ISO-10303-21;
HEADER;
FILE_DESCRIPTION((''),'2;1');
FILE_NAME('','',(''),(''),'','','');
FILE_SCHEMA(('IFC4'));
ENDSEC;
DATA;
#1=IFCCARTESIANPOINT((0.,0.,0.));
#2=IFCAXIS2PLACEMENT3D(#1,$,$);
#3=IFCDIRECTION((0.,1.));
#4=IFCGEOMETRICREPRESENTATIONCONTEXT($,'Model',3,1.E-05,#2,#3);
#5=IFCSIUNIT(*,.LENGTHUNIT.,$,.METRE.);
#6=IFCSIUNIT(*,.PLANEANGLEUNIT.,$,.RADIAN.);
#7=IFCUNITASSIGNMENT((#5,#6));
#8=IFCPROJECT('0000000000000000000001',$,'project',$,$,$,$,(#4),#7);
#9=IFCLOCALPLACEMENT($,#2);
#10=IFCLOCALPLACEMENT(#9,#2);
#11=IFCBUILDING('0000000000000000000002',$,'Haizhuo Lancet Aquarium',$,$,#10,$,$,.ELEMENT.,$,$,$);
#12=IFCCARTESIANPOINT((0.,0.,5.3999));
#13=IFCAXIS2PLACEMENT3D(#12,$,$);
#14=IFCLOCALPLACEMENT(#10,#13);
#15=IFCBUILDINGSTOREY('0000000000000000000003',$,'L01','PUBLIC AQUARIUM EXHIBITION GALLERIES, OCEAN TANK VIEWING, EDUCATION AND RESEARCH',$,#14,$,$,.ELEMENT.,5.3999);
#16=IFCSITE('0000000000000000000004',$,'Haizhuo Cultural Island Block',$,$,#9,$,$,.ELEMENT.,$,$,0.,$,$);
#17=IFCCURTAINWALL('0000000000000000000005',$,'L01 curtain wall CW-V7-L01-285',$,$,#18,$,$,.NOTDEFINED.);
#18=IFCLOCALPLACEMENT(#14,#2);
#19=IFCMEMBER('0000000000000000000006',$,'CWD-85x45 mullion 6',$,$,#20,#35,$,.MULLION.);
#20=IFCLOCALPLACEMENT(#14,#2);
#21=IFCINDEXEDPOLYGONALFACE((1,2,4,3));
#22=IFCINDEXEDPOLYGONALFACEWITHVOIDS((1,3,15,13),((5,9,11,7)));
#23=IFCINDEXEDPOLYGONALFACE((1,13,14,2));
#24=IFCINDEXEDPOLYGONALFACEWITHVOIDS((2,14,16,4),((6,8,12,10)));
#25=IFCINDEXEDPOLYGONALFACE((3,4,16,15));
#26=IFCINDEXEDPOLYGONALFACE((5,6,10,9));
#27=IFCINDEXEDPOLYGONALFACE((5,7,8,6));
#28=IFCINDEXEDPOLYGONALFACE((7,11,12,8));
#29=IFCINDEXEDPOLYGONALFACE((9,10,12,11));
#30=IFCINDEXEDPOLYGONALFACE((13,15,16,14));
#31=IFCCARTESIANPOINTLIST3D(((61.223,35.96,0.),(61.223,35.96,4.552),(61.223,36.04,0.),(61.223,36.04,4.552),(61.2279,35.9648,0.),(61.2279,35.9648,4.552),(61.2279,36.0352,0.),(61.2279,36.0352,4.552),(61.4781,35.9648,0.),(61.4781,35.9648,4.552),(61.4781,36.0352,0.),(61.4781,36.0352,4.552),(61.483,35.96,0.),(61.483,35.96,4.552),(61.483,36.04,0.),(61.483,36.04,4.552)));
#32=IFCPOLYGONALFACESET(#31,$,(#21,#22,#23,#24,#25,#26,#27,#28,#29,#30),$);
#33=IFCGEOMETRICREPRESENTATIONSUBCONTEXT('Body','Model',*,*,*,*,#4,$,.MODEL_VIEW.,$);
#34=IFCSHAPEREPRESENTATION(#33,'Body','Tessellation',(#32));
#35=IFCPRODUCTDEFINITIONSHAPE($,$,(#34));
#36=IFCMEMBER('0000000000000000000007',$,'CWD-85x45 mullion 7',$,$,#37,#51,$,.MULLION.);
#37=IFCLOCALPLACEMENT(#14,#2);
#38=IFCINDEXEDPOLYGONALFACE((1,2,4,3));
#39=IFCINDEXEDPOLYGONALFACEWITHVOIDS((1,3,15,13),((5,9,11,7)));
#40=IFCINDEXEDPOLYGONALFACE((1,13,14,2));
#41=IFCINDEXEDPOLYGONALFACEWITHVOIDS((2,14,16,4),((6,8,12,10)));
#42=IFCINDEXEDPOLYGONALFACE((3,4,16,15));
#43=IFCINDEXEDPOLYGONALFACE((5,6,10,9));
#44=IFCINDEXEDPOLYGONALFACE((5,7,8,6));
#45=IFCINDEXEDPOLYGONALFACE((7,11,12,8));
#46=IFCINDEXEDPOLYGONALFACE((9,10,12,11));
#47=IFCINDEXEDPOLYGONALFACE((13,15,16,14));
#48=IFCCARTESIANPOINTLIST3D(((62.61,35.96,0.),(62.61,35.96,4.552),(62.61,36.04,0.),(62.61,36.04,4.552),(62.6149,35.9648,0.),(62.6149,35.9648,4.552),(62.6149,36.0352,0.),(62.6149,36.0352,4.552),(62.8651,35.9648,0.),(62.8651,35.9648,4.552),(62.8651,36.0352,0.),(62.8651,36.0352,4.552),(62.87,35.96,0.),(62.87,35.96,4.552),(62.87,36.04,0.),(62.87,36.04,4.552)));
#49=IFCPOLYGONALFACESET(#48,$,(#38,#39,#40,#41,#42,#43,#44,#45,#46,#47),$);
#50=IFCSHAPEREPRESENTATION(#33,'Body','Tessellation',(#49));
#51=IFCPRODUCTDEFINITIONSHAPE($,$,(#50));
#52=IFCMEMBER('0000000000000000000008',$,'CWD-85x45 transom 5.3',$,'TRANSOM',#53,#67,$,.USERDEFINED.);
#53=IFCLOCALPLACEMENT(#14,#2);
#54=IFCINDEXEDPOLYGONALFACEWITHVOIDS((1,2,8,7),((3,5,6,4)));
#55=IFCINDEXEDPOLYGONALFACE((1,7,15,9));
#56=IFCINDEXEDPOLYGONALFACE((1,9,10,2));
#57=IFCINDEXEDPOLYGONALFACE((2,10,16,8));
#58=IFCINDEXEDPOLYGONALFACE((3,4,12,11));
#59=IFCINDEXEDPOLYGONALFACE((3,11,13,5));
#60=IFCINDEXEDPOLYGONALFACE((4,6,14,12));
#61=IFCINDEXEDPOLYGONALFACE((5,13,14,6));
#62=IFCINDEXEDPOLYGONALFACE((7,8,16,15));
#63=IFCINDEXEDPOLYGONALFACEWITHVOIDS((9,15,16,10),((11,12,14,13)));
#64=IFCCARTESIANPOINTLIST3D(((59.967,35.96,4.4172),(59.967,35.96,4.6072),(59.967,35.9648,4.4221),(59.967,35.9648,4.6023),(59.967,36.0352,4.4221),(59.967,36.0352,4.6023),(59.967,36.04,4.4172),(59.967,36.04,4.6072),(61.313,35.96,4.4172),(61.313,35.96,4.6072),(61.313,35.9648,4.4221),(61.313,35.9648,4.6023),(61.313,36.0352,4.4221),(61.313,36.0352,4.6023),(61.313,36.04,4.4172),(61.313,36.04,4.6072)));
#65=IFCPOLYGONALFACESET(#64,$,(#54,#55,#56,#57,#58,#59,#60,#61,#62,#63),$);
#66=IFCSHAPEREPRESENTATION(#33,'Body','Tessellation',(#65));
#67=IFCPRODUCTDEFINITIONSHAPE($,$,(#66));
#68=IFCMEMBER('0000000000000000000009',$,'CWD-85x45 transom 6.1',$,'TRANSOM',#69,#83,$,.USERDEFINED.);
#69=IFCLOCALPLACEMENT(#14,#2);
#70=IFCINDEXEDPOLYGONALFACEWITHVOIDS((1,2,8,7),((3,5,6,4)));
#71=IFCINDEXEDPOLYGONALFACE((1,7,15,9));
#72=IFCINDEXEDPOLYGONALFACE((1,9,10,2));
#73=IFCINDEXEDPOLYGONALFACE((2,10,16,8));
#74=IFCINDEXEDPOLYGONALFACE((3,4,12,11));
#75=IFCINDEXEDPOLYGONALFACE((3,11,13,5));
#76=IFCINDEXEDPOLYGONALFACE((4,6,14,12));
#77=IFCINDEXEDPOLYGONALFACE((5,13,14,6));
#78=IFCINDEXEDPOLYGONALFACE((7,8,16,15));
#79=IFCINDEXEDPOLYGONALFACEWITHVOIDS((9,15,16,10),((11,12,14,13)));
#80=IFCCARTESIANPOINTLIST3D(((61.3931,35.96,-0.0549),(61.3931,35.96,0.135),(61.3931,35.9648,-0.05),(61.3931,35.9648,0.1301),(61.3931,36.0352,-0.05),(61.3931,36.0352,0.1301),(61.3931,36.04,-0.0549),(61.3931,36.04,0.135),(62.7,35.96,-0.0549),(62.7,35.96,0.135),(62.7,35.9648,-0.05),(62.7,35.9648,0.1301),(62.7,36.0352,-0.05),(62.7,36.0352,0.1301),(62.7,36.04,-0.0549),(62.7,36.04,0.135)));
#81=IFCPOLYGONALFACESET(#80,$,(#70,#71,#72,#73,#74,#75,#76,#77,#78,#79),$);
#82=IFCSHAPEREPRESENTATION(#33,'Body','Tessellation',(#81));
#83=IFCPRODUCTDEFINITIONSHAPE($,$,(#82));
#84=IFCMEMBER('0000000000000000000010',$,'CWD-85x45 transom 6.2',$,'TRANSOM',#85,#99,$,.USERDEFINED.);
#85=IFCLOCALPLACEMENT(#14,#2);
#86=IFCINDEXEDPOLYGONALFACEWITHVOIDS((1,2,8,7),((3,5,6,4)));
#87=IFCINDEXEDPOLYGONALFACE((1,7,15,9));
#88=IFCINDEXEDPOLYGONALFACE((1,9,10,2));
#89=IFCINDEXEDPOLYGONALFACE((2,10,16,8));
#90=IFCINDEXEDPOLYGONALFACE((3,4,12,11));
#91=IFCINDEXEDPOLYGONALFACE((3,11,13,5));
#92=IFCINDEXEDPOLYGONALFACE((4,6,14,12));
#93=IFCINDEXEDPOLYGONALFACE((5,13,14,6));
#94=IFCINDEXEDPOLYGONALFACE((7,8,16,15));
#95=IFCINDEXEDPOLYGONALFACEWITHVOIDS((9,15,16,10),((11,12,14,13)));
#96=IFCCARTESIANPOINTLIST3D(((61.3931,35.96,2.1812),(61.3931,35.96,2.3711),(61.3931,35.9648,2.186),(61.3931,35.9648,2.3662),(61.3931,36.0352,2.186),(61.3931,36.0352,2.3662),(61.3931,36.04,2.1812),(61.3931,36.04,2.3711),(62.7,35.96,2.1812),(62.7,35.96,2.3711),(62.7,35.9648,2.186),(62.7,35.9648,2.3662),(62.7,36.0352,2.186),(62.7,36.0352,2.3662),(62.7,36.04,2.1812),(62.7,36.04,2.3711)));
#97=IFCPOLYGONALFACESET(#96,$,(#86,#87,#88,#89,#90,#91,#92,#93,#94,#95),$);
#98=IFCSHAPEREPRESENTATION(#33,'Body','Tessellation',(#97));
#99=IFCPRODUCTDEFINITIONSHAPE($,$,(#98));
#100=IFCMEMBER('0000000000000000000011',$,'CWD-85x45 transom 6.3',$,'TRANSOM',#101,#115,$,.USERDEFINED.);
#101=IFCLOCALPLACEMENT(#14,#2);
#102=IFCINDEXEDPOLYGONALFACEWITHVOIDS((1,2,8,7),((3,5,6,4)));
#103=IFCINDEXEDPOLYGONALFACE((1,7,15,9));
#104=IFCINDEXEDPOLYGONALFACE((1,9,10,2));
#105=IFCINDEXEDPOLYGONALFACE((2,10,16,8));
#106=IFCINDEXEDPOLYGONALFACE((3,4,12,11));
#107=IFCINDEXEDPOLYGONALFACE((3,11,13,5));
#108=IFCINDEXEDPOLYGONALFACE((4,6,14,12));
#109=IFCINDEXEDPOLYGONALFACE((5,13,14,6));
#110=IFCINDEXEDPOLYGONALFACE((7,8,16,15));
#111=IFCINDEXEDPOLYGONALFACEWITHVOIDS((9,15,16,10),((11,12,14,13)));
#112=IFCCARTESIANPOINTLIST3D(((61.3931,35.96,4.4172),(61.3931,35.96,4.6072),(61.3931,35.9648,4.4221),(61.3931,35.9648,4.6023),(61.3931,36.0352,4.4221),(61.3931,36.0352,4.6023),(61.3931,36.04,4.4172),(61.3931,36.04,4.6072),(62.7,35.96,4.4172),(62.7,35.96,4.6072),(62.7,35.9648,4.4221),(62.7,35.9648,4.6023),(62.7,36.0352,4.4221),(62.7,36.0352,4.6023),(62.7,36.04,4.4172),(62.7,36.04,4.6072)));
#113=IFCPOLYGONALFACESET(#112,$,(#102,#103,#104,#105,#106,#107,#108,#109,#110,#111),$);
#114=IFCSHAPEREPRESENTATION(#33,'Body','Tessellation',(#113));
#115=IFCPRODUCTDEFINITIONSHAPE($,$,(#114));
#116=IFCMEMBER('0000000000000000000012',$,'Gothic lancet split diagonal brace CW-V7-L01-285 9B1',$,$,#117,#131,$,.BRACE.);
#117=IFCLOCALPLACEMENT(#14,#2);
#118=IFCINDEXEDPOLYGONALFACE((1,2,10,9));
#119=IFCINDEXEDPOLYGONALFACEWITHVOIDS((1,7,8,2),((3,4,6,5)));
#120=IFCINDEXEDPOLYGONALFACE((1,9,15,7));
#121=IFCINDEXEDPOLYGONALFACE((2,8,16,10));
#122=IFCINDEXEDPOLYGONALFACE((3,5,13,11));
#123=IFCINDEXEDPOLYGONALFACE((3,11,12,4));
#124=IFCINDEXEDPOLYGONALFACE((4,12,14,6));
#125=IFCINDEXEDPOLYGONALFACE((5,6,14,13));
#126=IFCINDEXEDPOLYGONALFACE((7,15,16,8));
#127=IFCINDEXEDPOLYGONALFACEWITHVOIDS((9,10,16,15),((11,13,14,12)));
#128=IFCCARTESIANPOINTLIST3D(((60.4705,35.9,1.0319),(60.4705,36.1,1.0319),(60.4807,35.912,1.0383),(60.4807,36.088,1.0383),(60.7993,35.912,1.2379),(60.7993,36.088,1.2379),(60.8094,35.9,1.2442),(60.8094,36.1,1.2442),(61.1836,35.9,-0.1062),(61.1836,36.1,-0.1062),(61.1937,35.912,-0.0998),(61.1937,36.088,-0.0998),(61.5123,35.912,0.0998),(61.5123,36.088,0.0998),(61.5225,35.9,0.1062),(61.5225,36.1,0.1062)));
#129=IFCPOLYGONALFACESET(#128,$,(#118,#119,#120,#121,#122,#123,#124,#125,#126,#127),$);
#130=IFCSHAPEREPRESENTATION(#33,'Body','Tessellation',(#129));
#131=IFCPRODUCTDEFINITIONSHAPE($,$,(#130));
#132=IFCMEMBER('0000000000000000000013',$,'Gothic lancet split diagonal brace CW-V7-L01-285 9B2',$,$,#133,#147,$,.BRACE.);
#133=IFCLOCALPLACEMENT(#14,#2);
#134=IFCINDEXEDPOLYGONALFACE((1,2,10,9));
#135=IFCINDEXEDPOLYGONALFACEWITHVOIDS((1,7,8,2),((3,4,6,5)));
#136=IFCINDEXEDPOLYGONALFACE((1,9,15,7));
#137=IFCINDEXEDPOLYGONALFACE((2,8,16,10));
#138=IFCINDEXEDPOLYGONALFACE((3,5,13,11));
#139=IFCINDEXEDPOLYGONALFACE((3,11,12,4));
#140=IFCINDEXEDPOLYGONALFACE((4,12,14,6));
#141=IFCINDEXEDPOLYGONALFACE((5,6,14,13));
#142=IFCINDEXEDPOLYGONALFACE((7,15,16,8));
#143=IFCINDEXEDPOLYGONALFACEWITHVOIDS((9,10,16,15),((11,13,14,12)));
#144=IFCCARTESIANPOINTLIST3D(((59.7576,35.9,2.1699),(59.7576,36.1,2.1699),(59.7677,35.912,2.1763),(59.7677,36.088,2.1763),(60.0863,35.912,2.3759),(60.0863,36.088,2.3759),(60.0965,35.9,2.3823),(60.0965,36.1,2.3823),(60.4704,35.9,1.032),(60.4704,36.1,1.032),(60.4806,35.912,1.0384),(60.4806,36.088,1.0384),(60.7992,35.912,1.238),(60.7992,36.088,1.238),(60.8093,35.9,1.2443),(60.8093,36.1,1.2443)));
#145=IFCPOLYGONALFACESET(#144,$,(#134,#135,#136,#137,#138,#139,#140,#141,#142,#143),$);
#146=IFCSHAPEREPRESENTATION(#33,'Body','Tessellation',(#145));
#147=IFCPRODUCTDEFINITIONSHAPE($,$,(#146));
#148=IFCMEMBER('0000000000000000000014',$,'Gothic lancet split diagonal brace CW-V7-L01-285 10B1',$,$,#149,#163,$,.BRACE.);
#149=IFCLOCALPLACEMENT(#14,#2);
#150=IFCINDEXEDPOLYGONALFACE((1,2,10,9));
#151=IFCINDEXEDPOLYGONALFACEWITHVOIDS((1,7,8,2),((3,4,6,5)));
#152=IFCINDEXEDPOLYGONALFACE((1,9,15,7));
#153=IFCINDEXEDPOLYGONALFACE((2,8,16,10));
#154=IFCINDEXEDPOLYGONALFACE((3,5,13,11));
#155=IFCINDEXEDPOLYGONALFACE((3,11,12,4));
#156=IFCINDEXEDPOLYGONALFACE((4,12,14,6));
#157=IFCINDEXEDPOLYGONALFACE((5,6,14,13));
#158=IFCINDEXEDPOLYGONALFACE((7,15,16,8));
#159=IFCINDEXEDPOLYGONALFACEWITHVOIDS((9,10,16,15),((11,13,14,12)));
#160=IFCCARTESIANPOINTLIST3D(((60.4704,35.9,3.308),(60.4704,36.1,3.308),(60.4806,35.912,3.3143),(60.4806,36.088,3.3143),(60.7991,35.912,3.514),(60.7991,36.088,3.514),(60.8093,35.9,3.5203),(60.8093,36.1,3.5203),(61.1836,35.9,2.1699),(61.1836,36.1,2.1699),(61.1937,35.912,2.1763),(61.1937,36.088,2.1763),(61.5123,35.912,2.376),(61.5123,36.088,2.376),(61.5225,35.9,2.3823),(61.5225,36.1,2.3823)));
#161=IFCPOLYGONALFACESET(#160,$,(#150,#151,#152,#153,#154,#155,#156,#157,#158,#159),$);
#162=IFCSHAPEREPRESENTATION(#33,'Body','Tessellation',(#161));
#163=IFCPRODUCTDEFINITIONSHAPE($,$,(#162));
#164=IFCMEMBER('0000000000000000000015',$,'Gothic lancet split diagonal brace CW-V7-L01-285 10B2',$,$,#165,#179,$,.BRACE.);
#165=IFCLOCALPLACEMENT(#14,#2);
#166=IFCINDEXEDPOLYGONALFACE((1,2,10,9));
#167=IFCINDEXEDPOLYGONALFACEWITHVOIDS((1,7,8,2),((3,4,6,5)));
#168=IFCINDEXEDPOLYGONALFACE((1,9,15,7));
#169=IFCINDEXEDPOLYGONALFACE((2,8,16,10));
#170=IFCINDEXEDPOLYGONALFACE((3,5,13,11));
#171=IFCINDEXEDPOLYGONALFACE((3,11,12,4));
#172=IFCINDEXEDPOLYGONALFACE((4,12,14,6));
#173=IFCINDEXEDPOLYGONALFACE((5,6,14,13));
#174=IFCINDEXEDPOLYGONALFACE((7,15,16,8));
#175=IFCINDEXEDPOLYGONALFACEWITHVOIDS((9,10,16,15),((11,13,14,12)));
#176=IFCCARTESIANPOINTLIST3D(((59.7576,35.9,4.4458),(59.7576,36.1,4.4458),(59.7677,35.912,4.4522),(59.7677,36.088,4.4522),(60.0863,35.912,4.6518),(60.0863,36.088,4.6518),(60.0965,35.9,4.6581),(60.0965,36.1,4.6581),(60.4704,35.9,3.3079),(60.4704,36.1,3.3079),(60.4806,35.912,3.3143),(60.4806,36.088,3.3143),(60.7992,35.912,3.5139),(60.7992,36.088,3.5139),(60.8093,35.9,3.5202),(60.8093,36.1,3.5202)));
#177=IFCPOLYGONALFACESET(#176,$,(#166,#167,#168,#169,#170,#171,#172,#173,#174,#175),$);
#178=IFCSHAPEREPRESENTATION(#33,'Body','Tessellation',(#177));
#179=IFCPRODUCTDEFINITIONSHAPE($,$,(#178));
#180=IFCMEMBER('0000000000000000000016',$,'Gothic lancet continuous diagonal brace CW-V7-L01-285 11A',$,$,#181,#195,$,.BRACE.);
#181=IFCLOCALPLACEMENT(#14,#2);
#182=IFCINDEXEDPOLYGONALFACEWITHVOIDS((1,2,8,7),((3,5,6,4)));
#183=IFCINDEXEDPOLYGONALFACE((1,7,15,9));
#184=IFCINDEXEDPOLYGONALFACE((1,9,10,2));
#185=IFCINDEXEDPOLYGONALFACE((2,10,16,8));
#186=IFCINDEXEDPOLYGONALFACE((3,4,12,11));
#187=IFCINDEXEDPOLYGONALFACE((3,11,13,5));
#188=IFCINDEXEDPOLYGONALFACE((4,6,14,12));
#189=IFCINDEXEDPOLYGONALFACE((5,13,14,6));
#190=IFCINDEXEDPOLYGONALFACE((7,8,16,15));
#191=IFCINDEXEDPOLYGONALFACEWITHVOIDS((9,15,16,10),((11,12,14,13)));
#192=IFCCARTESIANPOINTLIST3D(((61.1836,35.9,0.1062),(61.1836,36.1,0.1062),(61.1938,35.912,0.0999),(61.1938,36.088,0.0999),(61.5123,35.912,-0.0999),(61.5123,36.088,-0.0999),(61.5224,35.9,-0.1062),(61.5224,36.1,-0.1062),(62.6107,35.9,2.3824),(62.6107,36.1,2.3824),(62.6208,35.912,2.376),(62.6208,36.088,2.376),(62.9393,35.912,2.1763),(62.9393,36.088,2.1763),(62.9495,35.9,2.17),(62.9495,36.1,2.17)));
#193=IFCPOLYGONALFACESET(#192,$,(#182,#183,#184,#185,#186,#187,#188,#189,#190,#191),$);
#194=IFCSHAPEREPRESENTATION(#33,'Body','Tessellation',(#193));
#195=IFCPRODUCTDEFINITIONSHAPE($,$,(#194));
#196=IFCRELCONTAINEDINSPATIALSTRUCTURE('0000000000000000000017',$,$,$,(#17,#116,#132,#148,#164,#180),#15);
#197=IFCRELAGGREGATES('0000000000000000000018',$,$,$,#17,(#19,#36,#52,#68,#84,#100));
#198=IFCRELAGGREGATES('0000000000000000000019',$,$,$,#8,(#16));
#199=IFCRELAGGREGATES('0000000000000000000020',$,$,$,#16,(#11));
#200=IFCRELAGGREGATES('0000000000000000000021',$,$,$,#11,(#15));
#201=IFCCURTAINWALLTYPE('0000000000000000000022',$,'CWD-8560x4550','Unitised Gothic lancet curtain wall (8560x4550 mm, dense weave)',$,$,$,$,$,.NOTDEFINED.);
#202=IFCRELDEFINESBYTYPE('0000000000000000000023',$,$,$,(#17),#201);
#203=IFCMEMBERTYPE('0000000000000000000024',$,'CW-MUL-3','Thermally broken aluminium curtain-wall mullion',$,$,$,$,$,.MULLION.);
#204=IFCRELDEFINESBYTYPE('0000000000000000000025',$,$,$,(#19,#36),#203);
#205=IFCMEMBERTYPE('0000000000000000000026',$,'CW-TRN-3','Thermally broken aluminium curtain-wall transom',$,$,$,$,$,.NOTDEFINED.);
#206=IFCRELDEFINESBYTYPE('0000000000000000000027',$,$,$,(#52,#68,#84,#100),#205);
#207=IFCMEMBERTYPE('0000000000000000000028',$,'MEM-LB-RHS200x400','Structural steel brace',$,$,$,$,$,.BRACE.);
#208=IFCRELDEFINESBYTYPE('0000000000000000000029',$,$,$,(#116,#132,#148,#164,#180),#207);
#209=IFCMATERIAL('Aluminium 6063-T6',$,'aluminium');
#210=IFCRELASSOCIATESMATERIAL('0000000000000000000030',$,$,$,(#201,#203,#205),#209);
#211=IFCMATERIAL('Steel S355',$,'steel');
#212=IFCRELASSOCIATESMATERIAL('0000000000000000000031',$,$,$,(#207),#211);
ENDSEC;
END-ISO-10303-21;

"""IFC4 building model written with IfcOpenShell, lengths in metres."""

from ifc_helpers import new_model, si_unit, direction, frame, origin, origin_2d, place, context, subcontext, project, spatial, hollow_rectangle, extrude, material, material_profile, profile_set, type_object, element, aggregate, save


model = new_model("IFC4")

# Units and contexts
model_context = context("Model", 3, precision=1e-05, world=origin(), true_north=direction((0.0, 1.0)))
body_context = subcontext(model_context, "Body", "Model", "MODEL_VIEW")
ifc_project = project(units=[si_unit("LENGTHUNIT", "METRE"), si_unit("PLANEANGLEUNIT", "RADIAN")], contexts=[model_context])

# Site, building, storey
site_placement = place(None, origin())
site = spatial("IfcSite", under=ifc_project, at=site_placement, Name="Haizhuo Cultural Island Block", CompositionType="ELEMENT", RefElevation=0.0)
building_placement = place(site_placement, origin())
building = spatial("IfcBuilding", under=site, at=building_placement, Name="Haizhuo Lancet Aquarium", CompositionType="ELEMENT")
storey_placement = place(building_placement, frame((0.0, 0.0, 5.3999)))
storey = spatial("IfcBuildingStorey", under=building, at=storey_placement, Name="L01", Description="PUBLIC AQUARIUM EXHIBITION GALLERIES, OCEAN TANK VIEWING, EDUCATION AND RESEARCH", CompositionType="ELEMENT", Elevation=5.3999)

# Curtain wall, members
ifc_material_1 = material(Name="Aluminium 6063-T6", Category="aluminium")
curtain_wall_type = type_object("IfcCurtainWallType", Name="CWD-8560x4550", Description="Unitised Gothic lancet curtain wall (8560x4550 mm, dense weave)", PredefinedType="NOTDEFINED", material=ifc_material_1)
curtain_wall_placement = place(storey_placement, origin())
curtain_wall = element("IfcCurtainWall", 1, at=curtain_wall_placement, inside=storey, type_object=curtain_wall_type, Name="L01 curtain wall CW-V7-L01-285", PredefinedType="NOTDEFINED")
ifc_material_profile_1 = material_profile(ifc_material_1, hollow_rectangle(XDim=0.0801, YDim=0.26, WallThickness=0.0049, at=origin_2d()), Name="ALU-M 80x260x5")
ifc_profile_set_1 = profile_set([ifc_material_profile_1], Name="Aluminium 6063-T6")
member_type_1 = type_object("IfcMemberType", Name="CW-MUL-3", Description="Thermally broken aluminium curtain-wall mullion", PredefinedType="MULLION", material=ifc_profile_set_1)
member_1_placement = place(storey_placement, frame((61.353, 36.0, 0.0), z_axis=(0.0, 0.0, 1.0), x_axis=(0.0, 1.0, 0.0)))
member_1 = element("IfcMember", 2, at=member_1_placement, type_object=member_type_1, Name="CWD-85x45 mullion 6", PredefinedType="MULLION", context=body_context, shape_type="SweptSolid", body=[
    extrude(hollow_rectangle(XDim=0.0801, YDim=0.26, WallThickness=0.0049, at=origin_2d()), origin(), (0.0, 0.0, 1.0), 4.552),
])
member_2_placement = place(storey_placement, frame((62.74, 36.0, 0.0), z_axis=(0.0, 0.0, 1.0), x_axis=(0.0, 1.0, 0.0)))
member_2 = element("IfcMember", 3, at=member_2_placement, type_object=member_type_1, Name="CWD-85x45 mullion 7", PredefinedType="MULLION", context=body_context, shape_type="SweptSolid", body=[
    extrude(hollow_rectangle(XDim=0.0801, YDim=0.26, WallThickness=0.0049, at=origin_2d()), origin(), (0.0, 0.0, 1.0), 4.552),
])
ifc_material_profile_2 = material_profile(ifc_material_1, hollow_rectangle(XDim=0.0801, YDim=0.1899, WallThickness=0.0049, at=origin_2d()), Name="ALU-T 80x190x5")
ifc_profile_set_2 = profile_set([ifc_material_profile_2], Name="Aluminium 6063-T6")
member_type_2 = type_object("IfcMemberType", Name="CW-TRN-3", Description="Thermally broken aluminium curtain-wall transom", PredefinedType="NOTDEFINED", material=ifc_profile_set_2)
member_3_placement = place(storey_placement, frame((59.967, 36.0, 4.5122), z_axis=(1.0, 0.0, 0.0), x_axis=(0.0, 1.0, 0.0)))
member_3 = element("IfcMember", 4, at=member_3_placement, type_object=member_type_2, Name="CWD-85x45 transom 5.3", ObjectType="TRANSOM", PredefinedType="USERDEFINED", context=body_context, shape_type="SweptSolid", body=[
    extrude(hollow_rectangle(XDim=0.0801, YDim=0.1899, WallThickness=0.0049, at=origin_2d()), origin(), (0.0, 0.0, 1.0), 1.3459),
])
member_4_placement = place(storey_placement, frame((61.3931, 36.0, 0.04), z_axis=(1.0, 0.0, 0.0), x_axis=(0.0, 1.0, 0.0)))
member_4 = element("IfcMember", 5, at=member_4_placement, type_object=member_type_2, Name="CWD-85x45 transom 6.1", ObjectType="TRANSOM", PredefinedType="USERDEFINED", context=body_context, shape_type="SweptSolid", body=[
    extrude(hollow_rectangle(XDim=0.0801, YDim=0.1899, WallThickness=0.0049, at=origin_2d()), origin(), (0.0, 0.0, 1.0), 1.3069),
])
member_5_placement = place(storey_placement, frame((61.3931, 36.0, 2.2761), z_axis=(1.0, 0.0, 0.0), x_axis=(0.0, 1.0, 0.0)))
member_5 = element("IfcMember", 6, at=member_5_placement, type_object=member_type_2, Name="CWD-85x45 transom 6.2", ObjectType="TRANSOM", PredefinedType="USERDEFINED", context=body_context, shape_type="SweptSolid", body=[
    extrude(hollow_rectangle(XDim=0.0801, YDim=0.1899, WallThickness=0.0049, at=origin_2d()), origin(), (0.0, 0.0, 1.0), 1.3069),
])
member_6_placement = place(storey_placement, frame((61.3931, 36.0, 4.5122), z_axis=(1.0, 0.0, 0.0), x_axis=(0.0, 1.0, 0.0)))
member_6 = element("IfcMember", 7, at=member_6_placement, type_object=member_type_2, Name="CWD-85x45 transom 6.3", ObjectType="TRANSOM", PredefinedType="USERDEFINED", context=body_context, shape_type="SweptSolid", body=[
    extrude(hollow_rectangle(XDim=0.0801, YDim=0.1899, WallThickness=0.0049, at=origin_2d()), origin(), (0.0, 0.0, 1.0), 1.3069),
])

# Members
ifc_material_2 = material(Name="Steel S355", Category="steel")
ifc_material_profile_3 = material_profile(ifc_material_2, hollow_rectangle(XDim=0.2, YDim=0.3999, WallThickness=0.012, at=origin_2d()), Name="RHS 200x400x12")
ifc_profile_set_3 = profile_set([ifc_material_profile_3], Name="Steel S355")
member_type_3 = type_object("IfcMemberType", Name="MEM-LB-RHS200x400", Description="Structural steel brace", PredefinedType="BRACE", material=ifc_profile_set_3)
member_7_placement = place(storey_placement, frame((61.353, 36.0, 0.0), z_axis=(-0.530946, 0.0, 0.847405), x_axis=(0.0, -1.0, 0.0)))
element("IfcMember", 8, at=member_7_placement, inside=storey, type_object=member_type_3, Name="Gothic lancet split diagonal brace CW-V7-L01-285 9B1", PredefinedType="BRACE", context=body_context, shape_type="SweptSolid", body=[
    extrude(hollow_rectangle(XDim=0.2, YDim=0.3999, WallThickness=0.012, at=origin_2d()), origin(), (0.0, 0.0, 1.0), 1.343),
])
member_8_placement = place(storey_placement, frame((60.6399, 36.0, 1.1382), z_axis=(-0.530897, 0.0, 0.847436), x_axis=(0.0, -1.0, 0.0)))
element("IfcMember", 9, at=member_8_placement, inside=storey, type_object=member_type_3, Name="Gothic lancet split diagonal brace CW-V7-L01-285 9B2", PredefinedType="BRACE", context=body_context, shape_type="SweptSolid", body=[
    extrude(hollow_rectangle(XDim=0.2, YDim=0.3999, WallThickness=0.012, at=origin_2d()), origin(), (0.0, 0.0, 1.0), 1.3428),
])
member_9_placement = place(storey_placement, frame((61.353, 36.0, 2.2761), z_axis=(-0.531028, 0.0, 0.847354), x_axis=(0.0, -1.0, 0.0)))
element("IfcMember", 10, at=member_9_placement, inside=storey, type_object=member_type_3, Name="Gothic lancet split diagonal brace CW-V7-L01-285 10B1", PredefinedType="BRACE", context=body_context, shape_type="SweptSolid", body=[
    extrude(hollow_rectangle(XDim=0.2, YDim=0.3999, WallThickness=0.012, at=origin_2d()), origin(), (0.0, 0.0, 1.0), 1.343),
])
member_10_placement = place(storey_placement, frame((60.6399, 36.0, 3.4141), z_axis=(-0.530897, 0.0, 0.847436), x_axis=(0.0, -1.0, 0.0)))
element("IfcMember", 11, at=member_10_placement, inside=storey, type_object=member_type_3, Name="Gothic lancet split diagonal brace CW-V7-L01-285 10B2", PredefinedType="BRACE", context=body_context, shape_type="SweptSolid", body=[
    extrude(hollow_rectangle(XDim=0.2, YDim=0.3999, WallThickness=0.012, at=origin_2d()), origin(), (0.0, 0.0, 1.0), 1.3428),
])
member_11_placement = place(storey_placement, frame((61.353, 36.0, 0.0), z_axis=(0.531183, 0.0, 0.847257), x_axis=(0.0, 1.0, 0.0)))
element("IfcMember", 12, at=member_11_placement, inside=storey, type_object=member_type_3, Name="Gothic lancet continuous diagonal brace CW-V7-L01-285 11A", PredefinedType="BRACE", context=body_context, shape_type="SweptSolid", body=[
    extrude(hollow_rectangle(XDim=0.2, YDim=0.3999, WallThickness=0.012, at=origin_2d()), origin(), (0.0, 0.0, 1.0), 2.6865),
])

aggregate(curtain_wall, [member_1, member_2, member_3, member_4, member_5, member_6])

save(model, "model.ifc")
